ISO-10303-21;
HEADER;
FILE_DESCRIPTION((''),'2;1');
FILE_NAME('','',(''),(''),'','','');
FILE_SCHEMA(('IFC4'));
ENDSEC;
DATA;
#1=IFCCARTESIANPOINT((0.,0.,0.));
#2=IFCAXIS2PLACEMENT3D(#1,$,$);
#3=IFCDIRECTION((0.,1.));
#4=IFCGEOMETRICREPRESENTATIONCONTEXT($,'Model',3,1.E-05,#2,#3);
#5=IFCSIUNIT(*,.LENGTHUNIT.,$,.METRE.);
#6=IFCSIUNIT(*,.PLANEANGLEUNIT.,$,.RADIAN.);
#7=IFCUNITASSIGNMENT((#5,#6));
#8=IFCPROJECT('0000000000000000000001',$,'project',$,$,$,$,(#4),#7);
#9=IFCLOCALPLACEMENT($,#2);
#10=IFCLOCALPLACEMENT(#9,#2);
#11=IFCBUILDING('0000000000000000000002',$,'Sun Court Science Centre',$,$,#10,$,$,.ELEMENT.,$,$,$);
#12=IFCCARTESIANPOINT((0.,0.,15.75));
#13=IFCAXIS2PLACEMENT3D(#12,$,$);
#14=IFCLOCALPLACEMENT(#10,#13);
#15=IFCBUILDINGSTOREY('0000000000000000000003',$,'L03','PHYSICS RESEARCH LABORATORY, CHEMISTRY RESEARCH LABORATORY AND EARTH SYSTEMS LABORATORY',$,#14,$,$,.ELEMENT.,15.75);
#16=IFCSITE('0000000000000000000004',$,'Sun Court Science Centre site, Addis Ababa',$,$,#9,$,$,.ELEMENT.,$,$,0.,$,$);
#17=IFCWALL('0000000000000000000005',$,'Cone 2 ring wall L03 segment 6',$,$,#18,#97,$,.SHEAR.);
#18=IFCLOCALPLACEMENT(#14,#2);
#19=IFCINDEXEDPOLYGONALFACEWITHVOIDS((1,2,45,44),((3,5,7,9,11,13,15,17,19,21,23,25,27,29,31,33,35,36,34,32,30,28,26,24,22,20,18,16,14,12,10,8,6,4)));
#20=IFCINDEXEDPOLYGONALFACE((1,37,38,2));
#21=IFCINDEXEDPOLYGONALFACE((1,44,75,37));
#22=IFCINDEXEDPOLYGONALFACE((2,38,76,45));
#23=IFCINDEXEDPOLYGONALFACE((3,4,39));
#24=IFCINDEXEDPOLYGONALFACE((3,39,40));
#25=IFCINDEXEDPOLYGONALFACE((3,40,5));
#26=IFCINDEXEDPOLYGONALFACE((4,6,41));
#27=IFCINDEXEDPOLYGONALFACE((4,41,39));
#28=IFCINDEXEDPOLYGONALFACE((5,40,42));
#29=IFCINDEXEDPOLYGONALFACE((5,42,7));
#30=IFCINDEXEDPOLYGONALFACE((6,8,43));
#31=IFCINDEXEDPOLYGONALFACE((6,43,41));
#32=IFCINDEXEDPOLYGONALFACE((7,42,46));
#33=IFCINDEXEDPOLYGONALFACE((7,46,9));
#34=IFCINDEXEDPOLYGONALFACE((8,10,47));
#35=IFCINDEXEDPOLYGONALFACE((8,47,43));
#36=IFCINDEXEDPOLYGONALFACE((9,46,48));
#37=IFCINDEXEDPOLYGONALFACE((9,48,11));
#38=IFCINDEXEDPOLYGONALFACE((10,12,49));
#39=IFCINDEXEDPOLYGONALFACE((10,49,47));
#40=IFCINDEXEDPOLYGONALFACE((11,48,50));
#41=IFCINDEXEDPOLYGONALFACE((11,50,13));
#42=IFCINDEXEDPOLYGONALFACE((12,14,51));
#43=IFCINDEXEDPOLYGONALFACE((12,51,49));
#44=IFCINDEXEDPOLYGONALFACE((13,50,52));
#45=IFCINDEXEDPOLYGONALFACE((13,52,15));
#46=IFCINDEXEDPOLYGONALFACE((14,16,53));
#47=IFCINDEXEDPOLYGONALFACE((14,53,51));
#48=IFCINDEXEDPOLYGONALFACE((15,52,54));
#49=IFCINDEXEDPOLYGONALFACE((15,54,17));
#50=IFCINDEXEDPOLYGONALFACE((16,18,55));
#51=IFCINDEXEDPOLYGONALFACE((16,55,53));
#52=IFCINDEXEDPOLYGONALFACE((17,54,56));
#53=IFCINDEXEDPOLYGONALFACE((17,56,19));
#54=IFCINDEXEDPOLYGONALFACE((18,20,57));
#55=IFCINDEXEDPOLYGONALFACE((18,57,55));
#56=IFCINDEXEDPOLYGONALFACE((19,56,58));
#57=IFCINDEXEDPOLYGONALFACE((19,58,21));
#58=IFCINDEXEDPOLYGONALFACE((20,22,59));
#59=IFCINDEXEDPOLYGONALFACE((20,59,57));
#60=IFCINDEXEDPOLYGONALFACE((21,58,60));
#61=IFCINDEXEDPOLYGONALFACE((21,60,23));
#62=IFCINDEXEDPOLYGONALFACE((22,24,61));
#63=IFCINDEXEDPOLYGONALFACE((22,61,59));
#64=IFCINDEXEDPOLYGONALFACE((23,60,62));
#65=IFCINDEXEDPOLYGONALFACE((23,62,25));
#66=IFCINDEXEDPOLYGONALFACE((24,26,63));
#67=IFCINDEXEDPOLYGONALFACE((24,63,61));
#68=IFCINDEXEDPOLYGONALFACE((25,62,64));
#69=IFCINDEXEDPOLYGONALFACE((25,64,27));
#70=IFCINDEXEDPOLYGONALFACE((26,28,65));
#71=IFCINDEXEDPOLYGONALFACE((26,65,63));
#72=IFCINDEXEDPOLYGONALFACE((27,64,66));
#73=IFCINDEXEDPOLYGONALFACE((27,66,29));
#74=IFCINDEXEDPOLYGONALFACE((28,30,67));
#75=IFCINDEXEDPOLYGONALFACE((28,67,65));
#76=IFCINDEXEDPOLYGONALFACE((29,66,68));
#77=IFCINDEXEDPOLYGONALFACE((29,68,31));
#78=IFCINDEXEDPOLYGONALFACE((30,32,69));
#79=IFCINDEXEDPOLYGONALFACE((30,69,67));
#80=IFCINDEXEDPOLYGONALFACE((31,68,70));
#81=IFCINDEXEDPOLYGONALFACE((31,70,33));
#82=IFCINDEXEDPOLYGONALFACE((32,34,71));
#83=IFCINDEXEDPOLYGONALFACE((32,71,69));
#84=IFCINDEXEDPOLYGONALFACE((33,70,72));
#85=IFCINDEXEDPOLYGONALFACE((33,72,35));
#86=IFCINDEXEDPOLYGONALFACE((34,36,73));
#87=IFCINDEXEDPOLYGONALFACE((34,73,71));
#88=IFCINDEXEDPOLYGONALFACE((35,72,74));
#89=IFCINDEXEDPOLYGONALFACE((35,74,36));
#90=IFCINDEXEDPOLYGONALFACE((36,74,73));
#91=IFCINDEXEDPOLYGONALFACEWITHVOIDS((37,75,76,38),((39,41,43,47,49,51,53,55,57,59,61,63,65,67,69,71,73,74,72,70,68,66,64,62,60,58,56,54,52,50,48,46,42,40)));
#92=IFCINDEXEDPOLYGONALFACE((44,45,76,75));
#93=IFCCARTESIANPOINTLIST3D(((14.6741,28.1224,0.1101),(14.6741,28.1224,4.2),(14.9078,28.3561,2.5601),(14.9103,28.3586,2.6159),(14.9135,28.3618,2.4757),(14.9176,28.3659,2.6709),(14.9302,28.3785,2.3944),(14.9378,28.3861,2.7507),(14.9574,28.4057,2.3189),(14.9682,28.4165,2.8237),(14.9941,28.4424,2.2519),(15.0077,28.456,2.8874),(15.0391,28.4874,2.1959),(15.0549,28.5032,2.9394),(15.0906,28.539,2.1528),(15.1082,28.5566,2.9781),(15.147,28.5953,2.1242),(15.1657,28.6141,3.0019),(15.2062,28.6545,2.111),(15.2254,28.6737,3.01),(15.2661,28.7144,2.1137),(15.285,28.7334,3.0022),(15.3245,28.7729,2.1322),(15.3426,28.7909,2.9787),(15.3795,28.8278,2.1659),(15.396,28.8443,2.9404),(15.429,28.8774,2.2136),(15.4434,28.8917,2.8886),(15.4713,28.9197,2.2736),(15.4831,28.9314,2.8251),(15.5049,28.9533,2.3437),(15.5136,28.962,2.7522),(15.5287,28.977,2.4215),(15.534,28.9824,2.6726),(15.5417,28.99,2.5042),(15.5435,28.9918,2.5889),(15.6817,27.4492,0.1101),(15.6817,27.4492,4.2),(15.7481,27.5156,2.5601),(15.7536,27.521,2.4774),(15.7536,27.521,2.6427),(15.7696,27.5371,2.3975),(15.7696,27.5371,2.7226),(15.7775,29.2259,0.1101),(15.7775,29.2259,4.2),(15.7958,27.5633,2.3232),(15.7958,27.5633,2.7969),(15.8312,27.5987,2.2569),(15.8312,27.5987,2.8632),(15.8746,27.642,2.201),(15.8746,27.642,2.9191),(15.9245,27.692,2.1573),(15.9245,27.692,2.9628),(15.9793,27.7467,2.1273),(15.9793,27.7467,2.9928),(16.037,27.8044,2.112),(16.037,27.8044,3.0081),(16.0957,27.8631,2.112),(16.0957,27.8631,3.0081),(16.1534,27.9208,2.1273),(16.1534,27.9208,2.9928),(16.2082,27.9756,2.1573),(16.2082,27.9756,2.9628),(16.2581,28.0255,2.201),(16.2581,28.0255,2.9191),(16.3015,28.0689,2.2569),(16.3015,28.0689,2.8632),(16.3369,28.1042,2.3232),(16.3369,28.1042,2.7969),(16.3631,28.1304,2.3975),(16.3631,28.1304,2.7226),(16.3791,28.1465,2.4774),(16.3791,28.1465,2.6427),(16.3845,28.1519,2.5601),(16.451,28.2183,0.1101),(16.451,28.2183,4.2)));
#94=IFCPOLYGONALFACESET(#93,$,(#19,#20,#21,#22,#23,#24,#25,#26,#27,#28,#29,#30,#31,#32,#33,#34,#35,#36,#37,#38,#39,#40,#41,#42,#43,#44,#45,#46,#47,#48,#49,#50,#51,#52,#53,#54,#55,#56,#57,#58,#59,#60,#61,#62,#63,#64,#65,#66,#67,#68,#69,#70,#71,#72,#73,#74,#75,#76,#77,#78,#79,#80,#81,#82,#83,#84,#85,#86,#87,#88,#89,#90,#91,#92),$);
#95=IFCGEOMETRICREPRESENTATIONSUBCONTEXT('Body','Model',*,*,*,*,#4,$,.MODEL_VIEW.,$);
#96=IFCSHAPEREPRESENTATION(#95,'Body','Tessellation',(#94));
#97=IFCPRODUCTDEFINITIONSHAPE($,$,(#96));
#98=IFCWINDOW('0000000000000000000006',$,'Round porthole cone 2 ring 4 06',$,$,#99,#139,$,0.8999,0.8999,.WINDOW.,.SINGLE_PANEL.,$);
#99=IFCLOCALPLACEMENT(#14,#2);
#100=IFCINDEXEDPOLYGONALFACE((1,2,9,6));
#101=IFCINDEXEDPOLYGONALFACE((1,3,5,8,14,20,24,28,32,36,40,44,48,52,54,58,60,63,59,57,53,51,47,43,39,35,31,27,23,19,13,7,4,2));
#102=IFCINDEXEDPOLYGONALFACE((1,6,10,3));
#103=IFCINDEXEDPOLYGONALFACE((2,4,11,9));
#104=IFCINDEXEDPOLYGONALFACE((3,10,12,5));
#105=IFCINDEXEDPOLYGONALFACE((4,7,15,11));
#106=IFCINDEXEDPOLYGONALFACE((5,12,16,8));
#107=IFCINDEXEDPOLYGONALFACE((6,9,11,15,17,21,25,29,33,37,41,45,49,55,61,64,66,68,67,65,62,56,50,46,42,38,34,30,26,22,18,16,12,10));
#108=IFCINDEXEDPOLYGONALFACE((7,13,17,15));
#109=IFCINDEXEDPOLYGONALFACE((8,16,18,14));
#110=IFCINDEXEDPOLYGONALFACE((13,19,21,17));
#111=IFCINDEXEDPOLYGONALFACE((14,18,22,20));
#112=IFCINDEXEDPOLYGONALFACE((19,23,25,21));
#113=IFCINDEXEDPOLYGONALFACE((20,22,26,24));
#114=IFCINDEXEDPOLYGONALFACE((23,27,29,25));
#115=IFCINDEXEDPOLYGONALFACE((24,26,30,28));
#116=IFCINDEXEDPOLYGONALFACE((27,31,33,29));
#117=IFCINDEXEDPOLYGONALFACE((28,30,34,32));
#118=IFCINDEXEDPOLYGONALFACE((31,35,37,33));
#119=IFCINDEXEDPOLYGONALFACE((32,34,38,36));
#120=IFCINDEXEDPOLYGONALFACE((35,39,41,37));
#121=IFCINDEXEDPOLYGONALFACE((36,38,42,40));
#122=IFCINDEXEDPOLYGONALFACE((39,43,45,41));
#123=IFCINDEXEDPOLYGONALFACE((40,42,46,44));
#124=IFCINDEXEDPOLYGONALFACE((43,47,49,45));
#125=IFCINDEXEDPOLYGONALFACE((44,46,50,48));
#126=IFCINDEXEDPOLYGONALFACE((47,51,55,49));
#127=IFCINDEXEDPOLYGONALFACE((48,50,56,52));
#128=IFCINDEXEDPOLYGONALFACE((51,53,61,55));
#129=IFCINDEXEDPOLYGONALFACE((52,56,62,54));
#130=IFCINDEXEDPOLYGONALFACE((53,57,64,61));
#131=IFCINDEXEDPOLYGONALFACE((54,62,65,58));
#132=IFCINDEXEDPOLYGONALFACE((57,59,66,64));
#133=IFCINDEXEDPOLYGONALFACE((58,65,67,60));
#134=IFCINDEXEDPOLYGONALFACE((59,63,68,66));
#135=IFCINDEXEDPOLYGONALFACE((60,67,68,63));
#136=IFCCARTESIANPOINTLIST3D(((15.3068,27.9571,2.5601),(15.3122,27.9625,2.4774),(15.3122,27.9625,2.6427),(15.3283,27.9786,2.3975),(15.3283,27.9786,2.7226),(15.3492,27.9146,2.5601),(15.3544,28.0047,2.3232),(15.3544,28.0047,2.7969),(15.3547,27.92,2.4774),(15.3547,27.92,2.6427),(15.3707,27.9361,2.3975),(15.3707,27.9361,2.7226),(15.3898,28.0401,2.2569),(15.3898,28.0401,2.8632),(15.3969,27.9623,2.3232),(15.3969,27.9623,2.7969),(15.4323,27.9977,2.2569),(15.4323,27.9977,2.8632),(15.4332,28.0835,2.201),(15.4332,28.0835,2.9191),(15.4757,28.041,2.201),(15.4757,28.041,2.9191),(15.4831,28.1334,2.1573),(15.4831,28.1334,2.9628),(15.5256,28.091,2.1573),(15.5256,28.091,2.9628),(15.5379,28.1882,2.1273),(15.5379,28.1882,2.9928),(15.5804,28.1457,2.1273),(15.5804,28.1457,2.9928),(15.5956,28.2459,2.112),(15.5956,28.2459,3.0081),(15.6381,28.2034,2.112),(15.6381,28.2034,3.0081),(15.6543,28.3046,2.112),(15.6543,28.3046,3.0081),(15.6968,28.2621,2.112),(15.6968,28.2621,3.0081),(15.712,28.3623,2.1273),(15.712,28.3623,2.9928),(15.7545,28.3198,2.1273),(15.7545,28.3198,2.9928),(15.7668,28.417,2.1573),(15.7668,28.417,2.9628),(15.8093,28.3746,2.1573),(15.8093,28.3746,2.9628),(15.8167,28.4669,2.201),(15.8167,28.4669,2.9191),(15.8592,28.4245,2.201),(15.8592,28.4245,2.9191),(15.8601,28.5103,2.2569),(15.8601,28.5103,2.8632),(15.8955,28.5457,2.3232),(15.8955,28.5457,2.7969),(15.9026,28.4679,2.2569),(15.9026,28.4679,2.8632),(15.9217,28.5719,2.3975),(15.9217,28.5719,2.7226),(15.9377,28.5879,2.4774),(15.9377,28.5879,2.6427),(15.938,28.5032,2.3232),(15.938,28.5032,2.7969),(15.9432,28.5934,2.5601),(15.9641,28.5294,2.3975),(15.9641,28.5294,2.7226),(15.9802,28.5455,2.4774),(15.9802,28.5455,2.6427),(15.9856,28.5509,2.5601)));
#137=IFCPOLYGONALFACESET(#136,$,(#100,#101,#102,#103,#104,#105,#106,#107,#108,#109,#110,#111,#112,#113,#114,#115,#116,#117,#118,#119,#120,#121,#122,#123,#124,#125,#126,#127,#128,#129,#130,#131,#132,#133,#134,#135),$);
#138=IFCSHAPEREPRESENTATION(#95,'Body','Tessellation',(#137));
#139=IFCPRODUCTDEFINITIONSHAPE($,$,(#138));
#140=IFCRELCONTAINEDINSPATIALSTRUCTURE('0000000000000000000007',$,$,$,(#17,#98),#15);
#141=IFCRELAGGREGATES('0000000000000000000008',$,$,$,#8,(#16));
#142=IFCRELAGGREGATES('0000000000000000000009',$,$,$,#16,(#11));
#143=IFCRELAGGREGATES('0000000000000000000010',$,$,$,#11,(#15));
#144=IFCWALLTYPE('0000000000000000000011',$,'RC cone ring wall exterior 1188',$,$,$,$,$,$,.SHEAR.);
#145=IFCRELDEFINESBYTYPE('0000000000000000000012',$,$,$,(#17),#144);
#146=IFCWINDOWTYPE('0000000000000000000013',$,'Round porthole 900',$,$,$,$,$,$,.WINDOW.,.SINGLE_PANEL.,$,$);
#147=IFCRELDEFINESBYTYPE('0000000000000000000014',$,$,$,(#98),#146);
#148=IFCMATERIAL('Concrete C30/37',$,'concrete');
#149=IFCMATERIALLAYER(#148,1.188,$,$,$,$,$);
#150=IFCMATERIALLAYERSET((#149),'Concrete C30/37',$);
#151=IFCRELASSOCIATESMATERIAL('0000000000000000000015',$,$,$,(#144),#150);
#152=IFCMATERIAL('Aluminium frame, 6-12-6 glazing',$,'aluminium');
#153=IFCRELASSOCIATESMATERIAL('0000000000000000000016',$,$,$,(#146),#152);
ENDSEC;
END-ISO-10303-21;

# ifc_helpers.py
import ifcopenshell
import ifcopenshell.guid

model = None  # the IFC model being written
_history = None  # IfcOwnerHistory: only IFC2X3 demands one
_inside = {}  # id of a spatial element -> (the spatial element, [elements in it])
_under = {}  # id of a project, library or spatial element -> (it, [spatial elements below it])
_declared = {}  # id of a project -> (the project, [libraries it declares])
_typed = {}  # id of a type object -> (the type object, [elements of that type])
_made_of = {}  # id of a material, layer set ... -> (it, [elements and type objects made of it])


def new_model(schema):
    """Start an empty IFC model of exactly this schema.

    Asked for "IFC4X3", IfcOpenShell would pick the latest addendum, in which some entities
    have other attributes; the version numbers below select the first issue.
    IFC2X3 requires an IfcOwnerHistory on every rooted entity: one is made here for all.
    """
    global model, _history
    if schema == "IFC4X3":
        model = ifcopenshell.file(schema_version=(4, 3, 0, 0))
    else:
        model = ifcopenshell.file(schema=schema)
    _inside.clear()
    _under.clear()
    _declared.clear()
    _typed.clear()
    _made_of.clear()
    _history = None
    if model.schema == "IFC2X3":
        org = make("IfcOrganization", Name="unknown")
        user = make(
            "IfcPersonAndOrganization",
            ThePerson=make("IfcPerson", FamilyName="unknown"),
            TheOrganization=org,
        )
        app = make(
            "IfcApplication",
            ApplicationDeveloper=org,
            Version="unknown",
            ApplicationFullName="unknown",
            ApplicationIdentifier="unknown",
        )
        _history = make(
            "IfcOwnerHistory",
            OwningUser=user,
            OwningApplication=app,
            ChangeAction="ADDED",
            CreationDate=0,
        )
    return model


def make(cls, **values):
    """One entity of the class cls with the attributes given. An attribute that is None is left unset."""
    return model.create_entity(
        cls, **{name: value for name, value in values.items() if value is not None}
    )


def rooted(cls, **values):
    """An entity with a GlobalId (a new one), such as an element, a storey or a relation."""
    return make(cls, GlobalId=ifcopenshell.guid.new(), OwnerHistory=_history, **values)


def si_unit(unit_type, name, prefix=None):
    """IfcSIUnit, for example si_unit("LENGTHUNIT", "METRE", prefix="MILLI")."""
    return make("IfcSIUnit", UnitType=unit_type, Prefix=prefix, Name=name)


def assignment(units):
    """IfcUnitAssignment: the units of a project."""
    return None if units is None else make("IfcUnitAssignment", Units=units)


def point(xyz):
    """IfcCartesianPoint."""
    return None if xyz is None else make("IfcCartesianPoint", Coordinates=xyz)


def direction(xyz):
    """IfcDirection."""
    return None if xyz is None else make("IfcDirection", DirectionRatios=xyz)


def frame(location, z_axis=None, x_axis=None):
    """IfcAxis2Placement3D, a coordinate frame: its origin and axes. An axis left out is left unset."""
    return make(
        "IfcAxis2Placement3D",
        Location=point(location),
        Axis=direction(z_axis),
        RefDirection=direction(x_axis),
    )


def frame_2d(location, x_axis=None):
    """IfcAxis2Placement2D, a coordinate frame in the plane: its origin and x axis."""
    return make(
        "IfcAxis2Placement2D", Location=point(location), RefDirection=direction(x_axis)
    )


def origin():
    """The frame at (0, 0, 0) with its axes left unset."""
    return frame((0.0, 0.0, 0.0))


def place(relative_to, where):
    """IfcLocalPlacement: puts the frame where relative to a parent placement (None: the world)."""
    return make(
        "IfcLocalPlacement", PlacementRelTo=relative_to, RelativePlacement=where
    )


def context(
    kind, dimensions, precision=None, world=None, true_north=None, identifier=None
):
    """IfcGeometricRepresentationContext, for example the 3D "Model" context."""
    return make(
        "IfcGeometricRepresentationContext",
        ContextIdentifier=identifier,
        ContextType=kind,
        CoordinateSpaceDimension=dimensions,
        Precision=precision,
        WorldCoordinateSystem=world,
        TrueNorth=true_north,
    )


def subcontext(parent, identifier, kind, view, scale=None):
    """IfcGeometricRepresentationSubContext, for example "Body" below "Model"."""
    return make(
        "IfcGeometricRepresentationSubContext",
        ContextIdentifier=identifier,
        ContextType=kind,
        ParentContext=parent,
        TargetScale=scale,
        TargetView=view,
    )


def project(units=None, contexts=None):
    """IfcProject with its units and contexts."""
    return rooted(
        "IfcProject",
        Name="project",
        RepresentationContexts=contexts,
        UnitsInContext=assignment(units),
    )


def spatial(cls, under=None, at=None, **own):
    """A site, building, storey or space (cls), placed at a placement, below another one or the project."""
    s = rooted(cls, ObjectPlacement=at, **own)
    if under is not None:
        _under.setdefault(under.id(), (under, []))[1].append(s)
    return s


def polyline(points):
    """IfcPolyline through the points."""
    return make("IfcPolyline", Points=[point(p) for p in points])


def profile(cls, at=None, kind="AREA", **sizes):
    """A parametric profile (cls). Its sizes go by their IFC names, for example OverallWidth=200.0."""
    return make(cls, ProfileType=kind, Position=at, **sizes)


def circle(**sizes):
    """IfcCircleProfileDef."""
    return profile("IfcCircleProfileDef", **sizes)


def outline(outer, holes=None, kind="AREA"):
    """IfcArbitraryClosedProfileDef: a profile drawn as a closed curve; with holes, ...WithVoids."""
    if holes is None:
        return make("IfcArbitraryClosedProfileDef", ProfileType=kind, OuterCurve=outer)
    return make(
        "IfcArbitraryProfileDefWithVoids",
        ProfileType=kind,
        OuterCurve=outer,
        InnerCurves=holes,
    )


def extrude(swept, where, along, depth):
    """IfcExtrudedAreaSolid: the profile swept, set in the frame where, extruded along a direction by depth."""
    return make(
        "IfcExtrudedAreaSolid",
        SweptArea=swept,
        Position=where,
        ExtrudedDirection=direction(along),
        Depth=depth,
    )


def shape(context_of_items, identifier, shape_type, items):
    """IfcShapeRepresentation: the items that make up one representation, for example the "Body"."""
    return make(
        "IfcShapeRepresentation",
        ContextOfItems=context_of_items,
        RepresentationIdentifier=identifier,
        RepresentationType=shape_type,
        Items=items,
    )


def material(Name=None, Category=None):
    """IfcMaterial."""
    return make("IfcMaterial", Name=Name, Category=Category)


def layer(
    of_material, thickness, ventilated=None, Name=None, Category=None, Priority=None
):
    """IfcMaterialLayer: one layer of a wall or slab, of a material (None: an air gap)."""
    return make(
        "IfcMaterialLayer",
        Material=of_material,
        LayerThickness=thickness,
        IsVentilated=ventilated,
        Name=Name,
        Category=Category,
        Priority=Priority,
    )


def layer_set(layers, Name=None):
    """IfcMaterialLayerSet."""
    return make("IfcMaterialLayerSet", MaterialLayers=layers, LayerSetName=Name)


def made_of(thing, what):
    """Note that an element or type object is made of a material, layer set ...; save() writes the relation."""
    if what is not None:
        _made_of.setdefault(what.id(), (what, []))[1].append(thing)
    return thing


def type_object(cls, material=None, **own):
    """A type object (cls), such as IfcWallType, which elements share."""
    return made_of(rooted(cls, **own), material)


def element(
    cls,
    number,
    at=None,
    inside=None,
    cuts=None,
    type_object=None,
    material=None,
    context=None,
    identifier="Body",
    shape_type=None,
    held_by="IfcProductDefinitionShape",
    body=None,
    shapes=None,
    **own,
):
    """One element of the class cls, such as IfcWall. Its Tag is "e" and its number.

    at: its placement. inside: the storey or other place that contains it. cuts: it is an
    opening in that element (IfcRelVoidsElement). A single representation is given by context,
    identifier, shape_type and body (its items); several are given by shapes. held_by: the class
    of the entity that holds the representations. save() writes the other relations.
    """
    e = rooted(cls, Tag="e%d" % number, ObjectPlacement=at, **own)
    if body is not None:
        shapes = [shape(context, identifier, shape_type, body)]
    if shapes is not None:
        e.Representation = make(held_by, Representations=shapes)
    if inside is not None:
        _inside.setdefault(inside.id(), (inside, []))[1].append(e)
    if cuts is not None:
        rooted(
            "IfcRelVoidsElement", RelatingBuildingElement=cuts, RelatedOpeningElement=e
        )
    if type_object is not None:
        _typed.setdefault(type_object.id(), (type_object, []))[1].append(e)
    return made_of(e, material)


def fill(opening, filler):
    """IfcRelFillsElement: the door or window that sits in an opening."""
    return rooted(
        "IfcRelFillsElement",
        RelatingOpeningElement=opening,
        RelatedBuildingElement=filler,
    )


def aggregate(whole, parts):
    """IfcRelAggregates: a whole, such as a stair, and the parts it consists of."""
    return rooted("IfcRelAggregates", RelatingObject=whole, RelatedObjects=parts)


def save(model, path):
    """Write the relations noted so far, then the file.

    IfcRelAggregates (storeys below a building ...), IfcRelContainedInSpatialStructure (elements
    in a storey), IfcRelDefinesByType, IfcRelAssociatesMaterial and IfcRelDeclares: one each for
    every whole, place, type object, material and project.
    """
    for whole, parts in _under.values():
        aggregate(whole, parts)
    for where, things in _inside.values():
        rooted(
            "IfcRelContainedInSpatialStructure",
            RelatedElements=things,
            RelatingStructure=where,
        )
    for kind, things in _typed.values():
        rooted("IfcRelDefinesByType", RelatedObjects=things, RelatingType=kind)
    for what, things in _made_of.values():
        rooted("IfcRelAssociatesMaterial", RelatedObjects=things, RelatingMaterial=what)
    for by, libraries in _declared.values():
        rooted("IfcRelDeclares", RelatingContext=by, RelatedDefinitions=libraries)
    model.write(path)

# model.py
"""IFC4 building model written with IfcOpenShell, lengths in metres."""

from ifc_helpers import new_model, si_unit, direction, frame, frame_2d, origin, place, context, subcontext, project, spatial, polyline, circle, outline, extrude, material, layer, layer_set, type_object, element, fill, save


model = new_model("IFC4")

# Units and contexts
model_context = context("Model", 3, precision=1e-05, world=origin(), true_north=direction((0.0, 1.0)))
body_context = subcontext(model_context, "Body", "Model", "MODEL_VIEW")
ifc_project = project(units=[si_unit("LENGTHUNIT", "METRE"), si_unit("PLANEANGLEUNIT", "RADIAN")], contexts=[model_context])

# Site, building, storey
site_placement = place(None, origin())
site = spatial("IfcSite", under=ifc_project, at=site_placement, Name="Sun Court Science Centre site, Addis Ababa", CompositionType="ELEMENT", RefElevation=0.0)
building_placement = place(site_placement, origin())
building = spatial("IfcBuilding", under=site, at=building_placement, Name="Sun Court Science Centre", CompositionType="ELEMENT")
storey_placement = place(building_placement, frame((0.0, 0.0, 15.75)))
storey = spatial("IfcBuildingStorey", under=building, at=storey_placement, Name="L03", Description="PHYSICS RESEARCH LABORATORY, CHEMISTRY RESEARCH LABORATORY AND EARTH SYSTEMS LABORATORY", CompositionType="ELEMENT", Elevation=15.75)

# Wall, opening, window
ifc_material_1 = material(Name="Concrete C30/37", Category="concrete")
ifc_layer_1 = layer(ifc_material_1, 1.188)
ifc_layer_set_1 = layer_set([ifc_layer_1], Name="Concrete C30/37")
wall_type_1 = type_object("IfcWallType", Name="RC cone ring wall exterior 1188", PredefinedType="SHEAR", material=ifc_layer_set_1)
ifc_material_2 = material(Name="Aluminium frame, 6-12-6 glazing", Category="aluminium")
window_type = type_object("IfcWindowType", Name="Round porthole 900", PartitioningType="SINGLE_PANEL", PredefinedType="WINDOW", material=ifc_material_2)
wall_1_placement = place(storey_placement, frame((16.198, 28.8057, 0.1101), z_axis=(0.0, 0.0, 1.0), x_axis=(-0.707185, -0.707029, 0.0)))
wall_1 = element("IfcWall", 1, at=wall_1_placement, inside=storey, type_object=wall_type_1, Name="Cone 2 ring wall L03 segment 6", PredefinedType="SHEAR", context=body_context, shape_type="SweptSolid", body=[
    extrude(outline(polyline([(0.0002, -0.5945), (1.5608, -0.5942), (1.3242, 0.5942), (0.2363, 0.5942), (0.0002, -0.5945)])), origin(), (0.0, 0.0, 1.0), 4.0898),
])
opening_1_placement = place(wall_1_placement, frame((0.3303, 0.0, 2.0)))
opening_1 = element("IfcOpeningElement", 2, at=opening_1_placement, cuts=wall_1, PredefinedType="OPENING", context=body_context, shape_type="SweptSolid", body=[
    extrude(circle(Radius=0.45, at=frame_2d((0.45, 0.45))), frame((0.0, 0.6042, 0.0), z_axis=(0.0, -1.0, 0.0), x_axis=(1.0, 0.0, 0.0)), (0.0, 0.0, 1.0), 1.2085),
])
window_1_placement = place(opening_1_placement, origin())
window_1 = element("IfcWindow", 3, at=window_1_placement, inside=storey, type_object=window_type, Name="Round porthole cone 2 ring 4 06", OverallHeight=0.8999, OverallWidth=0.8999, PartitioningType="SINGLE_PANEL", PredefinedType="WINDOW", context=body_context, shape_type="SweptSolid", body=[
    extrude(circle(Radius=0.45, at=frame_2d((0.45, 0.45))), frame((0.0, 0.03, 0.0), z_axis=(0.0, -1.0, 0.0), x_axis=(1.0, 0.0, 0.0)), (0.0, 0.0, 1.0), 0.0601),
])
fill(opening_1, window_1)

save(model, "model.ifc")
